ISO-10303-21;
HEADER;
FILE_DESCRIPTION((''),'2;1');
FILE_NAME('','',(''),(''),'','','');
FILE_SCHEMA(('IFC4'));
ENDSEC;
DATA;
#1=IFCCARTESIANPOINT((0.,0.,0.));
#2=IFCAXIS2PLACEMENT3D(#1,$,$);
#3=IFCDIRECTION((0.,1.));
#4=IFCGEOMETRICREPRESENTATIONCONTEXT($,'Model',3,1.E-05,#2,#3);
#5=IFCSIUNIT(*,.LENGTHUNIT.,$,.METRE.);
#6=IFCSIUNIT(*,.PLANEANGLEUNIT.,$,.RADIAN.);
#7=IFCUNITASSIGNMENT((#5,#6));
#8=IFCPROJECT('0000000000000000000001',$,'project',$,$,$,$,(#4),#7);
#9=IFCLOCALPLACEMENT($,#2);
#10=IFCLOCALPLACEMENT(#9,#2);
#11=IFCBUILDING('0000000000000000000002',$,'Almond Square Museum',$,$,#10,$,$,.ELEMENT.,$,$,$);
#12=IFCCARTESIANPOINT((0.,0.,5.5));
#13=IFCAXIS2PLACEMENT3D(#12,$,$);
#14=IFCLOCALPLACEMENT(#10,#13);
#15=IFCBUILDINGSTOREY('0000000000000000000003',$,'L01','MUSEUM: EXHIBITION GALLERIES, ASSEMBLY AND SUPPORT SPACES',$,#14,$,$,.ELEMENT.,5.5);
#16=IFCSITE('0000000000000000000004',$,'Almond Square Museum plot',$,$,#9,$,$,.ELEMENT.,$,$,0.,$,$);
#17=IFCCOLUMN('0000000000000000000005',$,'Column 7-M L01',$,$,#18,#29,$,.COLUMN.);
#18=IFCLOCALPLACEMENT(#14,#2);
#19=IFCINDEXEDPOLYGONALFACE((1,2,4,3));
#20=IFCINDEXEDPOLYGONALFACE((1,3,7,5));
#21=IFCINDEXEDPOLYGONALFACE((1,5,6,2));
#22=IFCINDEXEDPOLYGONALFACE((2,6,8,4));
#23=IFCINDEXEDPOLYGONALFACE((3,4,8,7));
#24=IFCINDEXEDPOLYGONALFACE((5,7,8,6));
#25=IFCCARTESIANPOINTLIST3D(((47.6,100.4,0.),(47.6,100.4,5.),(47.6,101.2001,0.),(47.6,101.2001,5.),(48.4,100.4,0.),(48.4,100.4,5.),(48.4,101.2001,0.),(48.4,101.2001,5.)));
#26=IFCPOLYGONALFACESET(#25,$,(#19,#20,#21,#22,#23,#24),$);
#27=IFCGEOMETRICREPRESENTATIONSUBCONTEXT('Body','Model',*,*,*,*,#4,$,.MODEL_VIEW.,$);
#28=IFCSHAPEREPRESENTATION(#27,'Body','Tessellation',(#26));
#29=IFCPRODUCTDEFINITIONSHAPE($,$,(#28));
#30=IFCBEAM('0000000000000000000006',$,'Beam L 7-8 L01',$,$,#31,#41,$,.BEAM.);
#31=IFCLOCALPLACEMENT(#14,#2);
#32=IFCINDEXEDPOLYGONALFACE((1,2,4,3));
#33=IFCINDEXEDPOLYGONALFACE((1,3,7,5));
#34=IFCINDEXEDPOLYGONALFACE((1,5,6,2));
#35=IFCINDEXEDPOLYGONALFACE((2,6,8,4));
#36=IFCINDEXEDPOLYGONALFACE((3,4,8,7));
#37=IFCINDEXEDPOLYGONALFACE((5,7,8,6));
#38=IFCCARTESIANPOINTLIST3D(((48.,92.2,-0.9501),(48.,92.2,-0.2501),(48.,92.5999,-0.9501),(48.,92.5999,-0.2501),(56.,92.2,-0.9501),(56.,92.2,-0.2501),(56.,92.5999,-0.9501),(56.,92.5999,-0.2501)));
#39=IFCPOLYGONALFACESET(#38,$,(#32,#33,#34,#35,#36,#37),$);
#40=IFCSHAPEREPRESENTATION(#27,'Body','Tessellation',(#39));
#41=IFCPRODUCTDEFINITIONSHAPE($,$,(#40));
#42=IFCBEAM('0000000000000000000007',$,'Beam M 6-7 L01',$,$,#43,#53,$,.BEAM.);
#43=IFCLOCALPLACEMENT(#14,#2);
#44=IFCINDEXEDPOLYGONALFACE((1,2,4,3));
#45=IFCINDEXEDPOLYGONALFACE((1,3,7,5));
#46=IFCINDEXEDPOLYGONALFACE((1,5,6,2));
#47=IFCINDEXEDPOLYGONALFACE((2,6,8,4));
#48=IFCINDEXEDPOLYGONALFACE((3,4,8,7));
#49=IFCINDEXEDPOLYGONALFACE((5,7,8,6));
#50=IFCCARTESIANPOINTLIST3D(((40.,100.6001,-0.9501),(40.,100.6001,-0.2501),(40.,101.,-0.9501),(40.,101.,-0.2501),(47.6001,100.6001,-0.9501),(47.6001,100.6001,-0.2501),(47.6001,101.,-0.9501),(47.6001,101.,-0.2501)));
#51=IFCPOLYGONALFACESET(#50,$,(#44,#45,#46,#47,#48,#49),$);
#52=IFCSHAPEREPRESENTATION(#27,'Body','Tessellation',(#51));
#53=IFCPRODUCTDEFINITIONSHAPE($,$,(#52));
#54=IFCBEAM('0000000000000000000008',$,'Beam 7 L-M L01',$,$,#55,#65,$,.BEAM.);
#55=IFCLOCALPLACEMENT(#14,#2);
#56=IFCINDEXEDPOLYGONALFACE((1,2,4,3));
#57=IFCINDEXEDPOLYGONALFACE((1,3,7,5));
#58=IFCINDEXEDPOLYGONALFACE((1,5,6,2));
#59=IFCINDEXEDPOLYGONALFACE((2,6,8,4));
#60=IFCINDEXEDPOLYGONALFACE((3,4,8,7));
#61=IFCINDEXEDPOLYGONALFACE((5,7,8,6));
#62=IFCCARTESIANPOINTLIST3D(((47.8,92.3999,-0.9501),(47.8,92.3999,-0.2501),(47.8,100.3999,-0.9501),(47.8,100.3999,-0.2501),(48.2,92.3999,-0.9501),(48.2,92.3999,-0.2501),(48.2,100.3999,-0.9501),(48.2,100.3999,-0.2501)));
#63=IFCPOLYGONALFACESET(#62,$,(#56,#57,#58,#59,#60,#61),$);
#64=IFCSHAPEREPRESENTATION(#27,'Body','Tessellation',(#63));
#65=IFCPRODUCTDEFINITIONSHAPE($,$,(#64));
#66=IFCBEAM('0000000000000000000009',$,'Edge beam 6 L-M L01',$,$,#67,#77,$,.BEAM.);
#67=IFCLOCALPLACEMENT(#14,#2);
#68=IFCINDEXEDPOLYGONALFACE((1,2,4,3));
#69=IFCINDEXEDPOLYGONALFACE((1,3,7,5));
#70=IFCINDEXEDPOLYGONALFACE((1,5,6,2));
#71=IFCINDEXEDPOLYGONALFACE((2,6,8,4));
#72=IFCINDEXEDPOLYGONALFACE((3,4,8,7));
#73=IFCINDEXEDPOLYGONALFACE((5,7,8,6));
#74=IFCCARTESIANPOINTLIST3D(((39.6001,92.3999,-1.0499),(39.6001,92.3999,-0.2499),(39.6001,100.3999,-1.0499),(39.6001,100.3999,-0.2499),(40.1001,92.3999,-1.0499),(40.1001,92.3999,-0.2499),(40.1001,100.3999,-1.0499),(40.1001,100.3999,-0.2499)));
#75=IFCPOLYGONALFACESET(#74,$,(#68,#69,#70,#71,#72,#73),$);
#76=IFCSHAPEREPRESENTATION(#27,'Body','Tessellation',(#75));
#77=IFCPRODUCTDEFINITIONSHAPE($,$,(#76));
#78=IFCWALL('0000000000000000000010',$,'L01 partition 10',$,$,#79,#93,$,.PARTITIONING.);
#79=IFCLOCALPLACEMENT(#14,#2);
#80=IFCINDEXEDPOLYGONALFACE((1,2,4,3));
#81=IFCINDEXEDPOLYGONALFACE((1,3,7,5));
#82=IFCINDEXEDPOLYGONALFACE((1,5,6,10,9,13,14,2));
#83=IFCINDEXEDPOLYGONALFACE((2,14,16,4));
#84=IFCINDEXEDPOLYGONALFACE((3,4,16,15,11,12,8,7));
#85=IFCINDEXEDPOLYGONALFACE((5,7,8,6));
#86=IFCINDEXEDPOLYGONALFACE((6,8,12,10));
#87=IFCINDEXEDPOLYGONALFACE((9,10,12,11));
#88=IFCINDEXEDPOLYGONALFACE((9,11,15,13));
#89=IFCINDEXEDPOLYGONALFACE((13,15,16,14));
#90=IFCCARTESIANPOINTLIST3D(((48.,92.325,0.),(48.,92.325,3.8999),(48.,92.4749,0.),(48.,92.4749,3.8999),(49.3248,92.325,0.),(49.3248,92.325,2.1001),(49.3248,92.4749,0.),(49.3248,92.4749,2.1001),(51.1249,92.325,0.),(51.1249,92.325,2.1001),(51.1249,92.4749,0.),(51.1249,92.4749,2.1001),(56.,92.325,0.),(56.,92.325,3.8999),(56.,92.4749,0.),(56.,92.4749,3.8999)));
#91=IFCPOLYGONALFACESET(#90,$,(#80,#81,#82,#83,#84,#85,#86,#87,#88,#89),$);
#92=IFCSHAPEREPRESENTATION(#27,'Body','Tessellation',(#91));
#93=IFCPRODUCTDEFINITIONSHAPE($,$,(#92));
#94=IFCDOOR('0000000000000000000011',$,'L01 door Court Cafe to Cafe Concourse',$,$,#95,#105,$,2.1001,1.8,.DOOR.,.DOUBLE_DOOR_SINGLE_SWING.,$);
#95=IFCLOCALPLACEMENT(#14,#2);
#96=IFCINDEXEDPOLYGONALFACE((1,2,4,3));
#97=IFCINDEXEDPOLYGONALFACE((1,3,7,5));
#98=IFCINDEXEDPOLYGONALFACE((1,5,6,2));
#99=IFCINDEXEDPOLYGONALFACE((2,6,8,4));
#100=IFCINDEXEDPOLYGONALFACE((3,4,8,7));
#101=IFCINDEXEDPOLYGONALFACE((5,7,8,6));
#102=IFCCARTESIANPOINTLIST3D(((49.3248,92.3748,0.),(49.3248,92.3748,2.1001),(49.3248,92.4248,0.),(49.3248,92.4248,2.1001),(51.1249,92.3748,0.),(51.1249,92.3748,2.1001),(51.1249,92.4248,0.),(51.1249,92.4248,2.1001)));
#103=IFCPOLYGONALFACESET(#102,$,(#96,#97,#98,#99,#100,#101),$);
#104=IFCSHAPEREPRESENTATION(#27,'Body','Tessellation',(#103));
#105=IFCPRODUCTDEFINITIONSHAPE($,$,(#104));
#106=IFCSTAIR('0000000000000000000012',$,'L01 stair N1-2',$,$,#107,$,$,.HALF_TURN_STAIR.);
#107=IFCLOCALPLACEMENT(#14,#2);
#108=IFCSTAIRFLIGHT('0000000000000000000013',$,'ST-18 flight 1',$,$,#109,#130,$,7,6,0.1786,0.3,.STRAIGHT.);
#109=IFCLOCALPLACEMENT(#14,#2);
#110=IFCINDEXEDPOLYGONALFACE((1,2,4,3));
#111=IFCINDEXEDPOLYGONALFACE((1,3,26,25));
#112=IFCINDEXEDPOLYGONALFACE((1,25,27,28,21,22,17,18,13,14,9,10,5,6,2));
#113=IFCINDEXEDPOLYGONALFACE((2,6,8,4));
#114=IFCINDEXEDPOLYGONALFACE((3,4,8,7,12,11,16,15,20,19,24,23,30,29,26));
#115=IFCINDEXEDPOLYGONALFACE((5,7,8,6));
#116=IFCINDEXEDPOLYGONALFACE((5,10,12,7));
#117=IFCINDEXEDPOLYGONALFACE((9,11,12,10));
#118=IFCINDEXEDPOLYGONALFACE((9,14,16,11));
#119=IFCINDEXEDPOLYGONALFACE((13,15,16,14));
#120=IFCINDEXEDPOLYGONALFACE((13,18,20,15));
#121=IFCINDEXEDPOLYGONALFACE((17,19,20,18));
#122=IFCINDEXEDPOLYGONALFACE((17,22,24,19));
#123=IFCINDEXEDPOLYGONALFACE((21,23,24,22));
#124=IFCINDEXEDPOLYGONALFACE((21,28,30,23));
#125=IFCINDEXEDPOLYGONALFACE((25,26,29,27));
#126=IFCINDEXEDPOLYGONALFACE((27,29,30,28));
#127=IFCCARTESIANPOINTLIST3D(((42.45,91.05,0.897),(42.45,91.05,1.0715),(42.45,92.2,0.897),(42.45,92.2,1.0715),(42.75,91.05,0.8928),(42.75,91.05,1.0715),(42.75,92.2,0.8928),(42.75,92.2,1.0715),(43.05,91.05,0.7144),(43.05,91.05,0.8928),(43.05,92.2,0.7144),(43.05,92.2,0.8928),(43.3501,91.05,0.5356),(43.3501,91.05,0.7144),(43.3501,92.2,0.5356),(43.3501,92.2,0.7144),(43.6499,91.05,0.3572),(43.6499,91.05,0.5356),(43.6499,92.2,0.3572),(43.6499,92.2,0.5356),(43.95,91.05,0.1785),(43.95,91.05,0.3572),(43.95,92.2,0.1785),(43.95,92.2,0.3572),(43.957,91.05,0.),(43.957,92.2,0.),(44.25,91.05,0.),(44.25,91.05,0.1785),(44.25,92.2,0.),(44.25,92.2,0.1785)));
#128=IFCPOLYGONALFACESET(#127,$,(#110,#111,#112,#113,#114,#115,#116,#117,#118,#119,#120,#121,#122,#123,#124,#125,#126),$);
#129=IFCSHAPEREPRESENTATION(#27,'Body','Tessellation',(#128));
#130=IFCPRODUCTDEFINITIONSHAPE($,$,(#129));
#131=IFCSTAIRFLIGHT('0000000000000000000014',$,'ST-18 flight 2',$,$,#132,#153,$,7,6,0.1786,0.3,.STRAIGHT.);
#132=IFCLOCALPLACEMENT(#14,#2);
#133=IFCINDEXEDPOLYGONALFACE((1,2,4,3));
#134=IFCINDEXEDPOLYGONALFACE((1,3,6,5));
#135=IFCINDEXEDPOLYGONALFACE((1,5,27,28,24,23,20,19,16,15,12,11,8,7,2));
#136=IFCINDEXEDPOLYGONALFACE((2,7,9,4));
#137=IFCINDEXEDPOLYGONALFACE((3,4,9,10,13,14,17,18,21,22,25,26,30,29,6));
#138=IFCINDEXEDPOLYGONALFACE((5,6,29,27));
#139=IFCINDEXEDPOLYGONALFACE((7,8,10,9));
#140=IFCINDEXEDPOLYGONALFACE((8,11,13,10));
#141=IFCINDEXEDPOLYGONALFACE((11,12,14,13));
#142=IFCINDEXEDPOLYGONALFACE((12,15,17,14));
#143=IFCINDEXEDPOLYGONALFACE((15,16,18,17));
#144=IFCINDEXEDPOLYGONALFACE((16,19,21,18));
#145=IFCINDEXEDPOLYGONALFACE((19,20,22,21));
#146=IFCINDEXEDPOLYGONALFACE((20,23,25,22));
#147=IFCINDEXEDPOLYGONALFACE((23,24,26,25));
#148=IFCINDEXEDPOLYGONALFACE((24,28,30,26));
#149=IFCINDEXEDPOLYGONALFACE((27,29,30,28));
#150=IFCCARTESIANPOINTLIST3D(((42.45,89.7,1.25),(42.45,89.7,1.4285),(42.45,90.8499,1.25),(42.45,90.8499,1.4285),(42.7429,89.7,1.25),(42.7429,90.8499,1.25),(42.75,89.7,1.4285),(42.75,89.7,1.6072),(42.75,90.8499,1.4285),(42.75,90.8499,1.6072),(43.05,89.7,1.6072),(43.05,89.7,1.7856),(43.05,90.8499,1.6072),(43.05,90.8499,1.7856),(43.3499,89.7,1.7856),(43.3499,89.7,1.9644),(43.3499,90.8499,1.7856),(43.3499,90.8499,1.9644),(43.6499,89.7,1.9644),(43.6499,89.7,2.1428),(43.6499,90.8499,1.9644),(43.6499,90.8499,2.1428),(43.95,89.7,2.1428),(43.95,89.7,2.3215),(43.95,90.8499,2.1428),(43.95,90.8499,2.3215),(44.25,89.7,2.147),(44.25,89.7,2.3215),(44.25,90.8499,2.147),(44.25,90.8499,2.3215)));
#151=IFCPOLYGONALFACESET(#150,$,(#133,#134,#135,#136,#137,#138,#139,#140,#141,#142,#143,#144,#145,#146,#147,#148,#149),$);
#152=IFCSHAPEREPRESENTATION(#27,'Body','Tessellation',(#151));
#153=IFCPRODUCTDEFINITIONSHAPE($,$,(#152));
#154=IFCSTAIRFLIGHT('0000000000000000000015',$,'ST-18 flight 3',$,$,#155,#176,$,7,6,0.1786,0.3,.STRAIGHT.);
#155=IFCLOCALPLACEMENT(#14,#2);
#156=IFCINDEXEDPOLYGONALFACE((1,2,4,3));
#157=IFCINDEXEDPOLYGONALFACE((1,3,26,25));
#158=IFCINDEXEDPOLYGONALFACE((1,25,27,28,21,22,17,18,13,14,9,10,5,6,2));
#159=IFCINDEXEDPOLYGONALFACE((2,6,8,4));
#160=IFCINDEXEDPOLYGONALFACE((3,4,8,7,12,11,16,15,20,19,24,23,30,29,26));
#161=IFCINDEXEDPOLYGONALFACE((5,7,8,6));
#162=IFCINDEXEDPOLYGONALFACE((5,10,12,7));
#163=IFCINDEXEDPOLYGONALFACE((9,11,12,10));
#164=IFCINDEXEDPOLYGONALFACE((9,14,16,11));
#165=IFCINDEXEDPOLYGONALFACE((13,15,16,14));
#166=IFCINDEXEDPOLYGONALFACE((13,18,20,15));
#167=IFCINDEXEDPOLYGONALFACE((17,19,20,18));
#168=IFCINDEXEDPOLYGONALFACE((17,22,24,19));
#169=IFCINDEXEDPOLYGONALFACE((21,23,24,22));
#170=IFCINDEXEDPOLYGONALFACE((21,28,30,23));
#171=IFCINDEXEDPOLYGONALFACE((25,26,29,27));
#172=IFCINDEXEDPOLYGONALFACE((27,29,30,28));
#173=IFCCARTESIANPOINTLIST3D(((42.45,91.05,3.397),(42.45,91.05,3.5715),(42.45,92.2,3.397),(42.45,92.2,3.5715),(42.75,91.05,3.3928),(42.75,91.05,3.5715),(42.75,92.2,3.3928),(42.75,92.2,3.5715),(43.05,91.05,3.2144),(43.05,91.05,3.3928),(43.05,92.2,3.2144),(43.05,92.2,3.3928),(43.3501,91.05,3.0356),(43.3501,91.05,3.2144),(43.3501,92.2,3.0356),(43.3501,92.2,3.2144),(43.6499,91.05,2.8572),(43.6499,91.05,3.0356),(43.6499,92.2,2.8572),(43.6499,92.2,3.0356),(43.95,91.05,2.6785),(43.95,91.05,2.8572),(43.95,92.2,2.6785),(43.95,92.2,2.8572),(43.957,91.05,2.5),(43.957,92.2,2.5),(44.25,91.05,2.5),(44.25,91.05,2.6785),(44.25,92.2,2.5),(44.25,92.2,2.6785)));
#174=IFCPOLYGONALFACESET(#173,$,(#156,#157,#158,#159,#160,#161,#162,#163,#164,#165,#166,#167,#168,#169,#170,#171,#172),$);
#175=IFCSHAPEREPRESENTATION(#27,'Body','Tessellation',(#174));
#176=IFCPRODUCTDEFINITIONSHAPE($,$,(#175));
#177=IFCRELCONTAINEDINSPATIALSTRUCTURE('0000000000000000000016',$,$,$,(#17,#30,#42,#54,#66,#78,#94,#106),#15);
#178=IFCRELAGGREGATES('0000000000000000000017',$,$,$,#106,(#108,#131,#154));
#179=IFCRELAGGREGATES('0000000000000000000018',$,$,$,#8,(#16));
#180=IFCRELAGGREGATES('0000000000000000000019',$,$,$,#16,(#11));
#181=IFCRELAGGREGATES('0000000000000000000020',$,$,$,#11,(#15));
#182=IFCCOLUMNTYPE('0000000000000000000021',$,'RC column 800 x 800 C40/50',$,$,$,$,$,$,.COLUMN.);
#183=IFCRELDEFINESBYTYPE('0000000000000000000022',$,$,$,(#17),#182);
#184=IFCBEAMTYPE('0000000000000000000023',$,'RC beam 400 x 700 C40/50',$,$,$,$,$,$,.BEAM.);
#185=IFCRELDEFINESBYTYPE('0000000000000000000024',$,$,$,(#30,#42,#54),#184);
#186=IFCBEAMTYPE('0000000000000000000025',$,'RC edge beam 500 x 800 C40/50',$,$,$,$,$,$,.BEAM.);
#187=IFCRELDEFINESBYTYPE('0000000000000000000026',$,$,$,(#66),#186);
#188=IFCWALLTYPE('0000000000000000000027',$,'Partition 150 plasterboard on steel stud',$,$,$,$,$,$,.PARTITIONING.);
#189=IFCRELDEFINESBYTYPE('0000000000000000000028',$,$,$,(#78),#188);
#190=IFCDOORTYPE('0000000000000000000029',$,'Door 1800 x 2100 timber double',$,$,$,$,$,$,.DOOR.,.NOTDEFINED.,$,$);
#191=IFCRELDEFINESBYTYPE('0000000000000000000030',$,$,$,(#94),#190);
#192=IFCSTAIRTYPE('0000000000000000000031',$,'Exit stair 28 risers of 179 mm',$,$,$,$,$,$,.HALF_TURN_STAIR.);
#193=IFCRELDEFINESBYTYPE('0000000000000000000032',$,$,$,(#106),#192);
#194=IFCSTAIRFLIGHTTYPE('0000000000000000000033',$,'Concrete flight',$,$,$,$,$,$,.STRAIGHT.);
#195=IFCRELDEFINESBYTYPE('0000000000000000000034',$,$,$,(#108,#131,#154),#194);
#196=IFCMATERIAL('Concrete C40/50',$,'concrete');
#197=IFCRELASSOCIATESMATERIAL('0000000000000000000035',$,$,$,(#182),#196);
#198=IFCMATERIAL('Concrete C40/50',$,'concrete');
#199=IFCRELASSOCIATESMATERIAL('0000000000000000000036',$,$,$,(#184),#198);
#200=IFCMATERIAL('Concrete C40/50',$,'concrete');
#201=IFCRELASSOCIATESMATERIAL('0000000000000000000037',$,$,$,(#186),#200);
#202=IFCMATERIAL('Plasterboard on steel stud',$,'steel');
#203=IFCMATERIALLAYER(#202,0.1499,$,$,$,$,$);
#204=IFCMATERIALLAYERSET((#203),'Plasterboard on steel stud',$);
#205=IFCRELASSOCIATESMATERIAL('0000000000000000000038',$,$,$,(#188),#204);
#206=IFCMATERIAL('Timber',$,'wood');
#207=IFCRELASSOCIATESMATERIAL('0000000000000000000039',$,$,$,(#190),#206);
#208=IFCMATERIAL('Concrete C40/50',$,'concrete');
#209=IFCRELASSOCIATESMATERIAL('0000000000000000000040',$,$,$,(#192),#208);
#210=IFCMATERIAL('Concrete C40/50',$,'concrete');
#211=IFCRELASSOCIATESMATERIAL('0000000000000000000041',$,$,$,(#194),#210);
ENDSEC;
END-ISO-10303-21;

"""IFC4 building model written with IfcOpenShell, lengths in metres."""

from ifc_helpers import new_model, si_unit, direction, frame, frame_2d, origin, origin_2d, place, context, subcontext, project, spatial, polyline, rectangle, outline, extrude, material, layer, layer_set, material_profile, profile_set, type_object, element, fill, aggregate, save


model = new_model("IFC4")

# Units and contexts
model_context = context("Model", 3, precision=1e-05, world=origin(), true_north=direction((0.0, 1.0)))
body_context = subcontext(model_context, "Body", "Model", "MODEL_VIEW")
ifc_project = project(units=[si_unit("LENGTHUNIT", "METRE"), si_unit("PLANEANGLEUNIT", "RADIAN")], contexts=[model_context])

# Site, building, storey
site_placement = place(None, origin())
site = spatial("IfcSite", under=ifc_project, at=site_placement, Name="Almond Square Museum plot", CompositionType="ELEMENT", RefElevation=0.0)
building_placement = place(site_placement, origin())
building = spatial("IfcBuilding", under=site, at=building_placement, Name="Almond Square Museum", CompositionType="ELEMENT")
storey_placement = place(building_placement, frame((0.0, 0.0, 5.5)))
storey = spatial("IfcBuildingStorey", under=building, at=storey_placement, Name="L01", Description="MUSEUM: EXHIBITION GALLERIES, ASSEMBLY AND SUPPORT SPACES", CompositionType="ELEMENT", Elevation=5.5)

# Column
ifc_material_1 = material(Name="Concrete C40/50", Category="concrete")
ifc_material_profile_1 = material_profile(ifc_material_1, rectangle(XDim=0.8, YDim=0.8, at=origin_2d()))
ifc_profile_set_1 = profile_set([ifc_material_profile_1], Name="Concrete C40/50")
column_type = type_object("IfcColumnType", Name="RC column 800 x 800 C40/50", PredefinedType="COLUMN", material=ifc_profile_set_1)
column_placement = place(storey_placement, frame((48.0, 100.8, 0.0), z_axis=(0.0, 0.0, 1.0), x_axis=(1.0, 0.0, 0.0)))
element("IfcColumn", 1, at=column_placement, inside=storey, type_object=column_type, Name="Column 7-M L01", PredefinedType="COLUMN", context=body_context, shape_type="SweptSolid", body=[
    extrude(rectangle(XDim=0.8, YDim=0.8, at=origin_2d()), origin(), (0.0, 0.0, 1.0), 5.0),
])

# Beams
ifc_material_2 = material(Name="Concrete C40/50", Category="concrete")
ifc_material_profile_2 = material_profile(ifc_material_2, rectangle(XDim=0.3999, YDim=0.7, at=origin_2d()))
ifc_profile_set_2 = profile_set([ifc_material_profile_2], Name="Concrete C40/50")
beam_type_1 = type_object("IfcBeamType", Name="RC beam 400 x 700 C40/50", PredefinedType="BEAM", material=ifc_profile_set_2)
beam_1_placement = place(storey_placement, frame((48.0, 92.3999, -0.6001), z_axis=(1.0, 0.0, 0.0), x_axis=(0.0, 1.0, 0.0)))
element("IfcBeam", 2, at=beam_1_placement, inside=storey, type_object=beam_type_1, Name="Beam L 7-8 L01", PredefinedType="BEAM", context=body_context, shape_type="SweptSolid", body=[
    extrude(rectangle(XDim=0.3999, YDim=0.7, at=origin_2d()), origin(), (0.0, 0.0, 1.0), 8.0),
])
beam_2_placement = place(storey_placement, frame((40.0, 100.8, -0.6001), z_axis=(1.0, 0.0, 0.0), x_axis=(0.0, 1.0, 0.0)))
element("IfcBeam", 3, at=beam_2_placement, inside=storey, type_object=beam_type_1, Name="Beam M 6-7 L01", PredefinedType="BEAM", context=body_context, shape_type="SweptSolid", body=[
    extrude(rectangle(XDim=0.3999, YDim=0.7, at=origin_2d()), origin(), (0.0, 0.0, 1.0), 7.6001),
])
beam_3_placement = place(storey_placement, frame((48.0, 92.3999, -0.6001), z_axis=(0.0, 1.0, 0.0), x_axis=(-1.0, 0.0, 0.0)))
element("IfcBeam", 4, at=beam_3_placement, inside=storey, type_object=beam_type_1, Name="Beam 7 L-M L01", PredefinedType="BEAM", context=body_context, shape_type="SweptSolid", body=[
    extrude(rectangle(XDim=0.3999, YDim=0.7, at=origin_2d()), origin(), (0.0, 0.0, 1.0), 8.0),
])
ifc_material_3 = material(Name="Concrete C40/50", Category="concrete")
ifc_material_profile_3 = material_profile(ifc_material_3, rectangle(XDim=0.5, YDim=0.8, at=origin_2d()))
ifc_profile_set_3 = profile_set([ifc_material_profile_3], Name="Concrete C40/50")
beam_type_2 = type_object("IfcBeamType", Name="RC edge beam 500 x 800 C40/50", PredefinedType="BEAM", material=ifc_profile_set_3)
beam_4_placement = place(storey_placement, frame((39.8501, 92.3999, -0.6499), z_axis=(0.0, 1.0, 0.0), x_axis=(-1.0, 0.0, 0.0)))
element("IfcBeam", 5, at=beam_4_placement, inside=storey, type_object=beam_type_2, Name="Edge beam 6 L-M L01", PredefinedType="BEAM", context=body_context, shape_type="SweptSolid", body=[
    extrude(rectangle(XDim=0.5, YDim=0.8, at=origin_2d()), origin(), (0.0, 0.0, 1.0), 8.0),
])

# Wall, opening, door
ifc_material_4 = material(Name="Plasterboard on steel stud", Category="steel")
ifc_layer = layer(ifc_material_4, 0.1499)
ifc_layer_set = layer_set([ifc_layer], Name="Plasterboard on steel stud")
wall_type = type_object("IfcWallType", Name="Partition 150 plasterboard on steel stud", PredefinedType="PARTITIONING", material=ifc_layer_set)
wall_placement = place(storey_placement, frame((48.0, 92.3999, 0.0), z_axis=(0.0, 0.0, 1.0), x_axis=(1.0, 0.0, 0.0)))
wall = element("IfcWall", 6, at=wall_placement, inside=storey, type_object=wall_type, Name="L01 partition 10", PredefinedType="PARTITIONING", context=body_context, shape_type="SweptSolid", body=[
    extrude(rectangle(XDim=8.0, YDim=0.1499, at=frame_2d((4.0, 0.0))), origin(), (0.0, 0.0, 1.0), 3.8999),
])
opening_placement = place(wall_placement, frame((1.325, 0.0, 0.0)))
opening = element("IfcOpeningElement", 7, at=opening_placement, cuts=wall, PredefinedType="OPENING", context=body_context, shape_type="SweptSolid", body=[
    extrude(rectangle(XDim=1.8, YDim=2.1001, at=frame_2d((0.8999, 1.05))), frame((0.0, 0.085, 0.0), z_axis=(0.0, -1.0, 0.0), x_axis=(1.0, 0.0, 0.0)), (0.0, 0.0, 1.0), 0.1699),
])
ifc_material_5 = material(Name="Timber", Category="wood")
door_type = type_object("IfcDoorType", Name="Door 1800 x 2100 timber double", OperationType="NOTDEFINED", PredefinedType="DOOR", material=ifc_material_5)
door_placement = place(opening_placement, origin())
door = element("IfcDoor", 8, at=door_placement, inside=storey, type_object=door_type, Name="L01 door Court Cafe to Cafe Concourse", OperationType="DOUBLE_DOOR_SINGLE_SWING", OverallHeight=2.1001, OverallWidth=1.8, PredefinedType="DOOR", context=body_context, shape_type="SweptSolid", body=[
    extrude(rectangle(XDim=1.8, YDim=2.1001, at=frame_2d((0.8999, 1.05))), frame((0.0, 0.0249, 0.0), z_axis=(0.0, -1.0, 0.0), x_axis=(1.0, 0.0, 0.0)), (0.0, 0.0, 1.0), 0.05),
])
fill(opening, door)

# Stair, stair flights
ifc_material_6 = material(Name="Concrete C40/50", Category="concrete")
stair_type = type_object("IfcStairType", Name="Exit stair 28 risers of 179 mm", PredefinedType="HALF_TURN_STAIR", material=ifc_material_6)
stair_placement = place(storey_placement, origin())
stair = element("IfcStair", 9, at=stair_placement, inside=storey, type_object=stair_type, Name="L01 stair N1-2", PredefinedType="HALF_TURN_STAIR")
ifc_material_7 = material(Name="Concrete C40/50", Category="concrete")
stair_flight_type = type_object("IfcStairFlightType", Name="Concrete flight", PredefinedType="STRAIGHT", material=ifc_material_7)
stair_flight_1_placement = place(storey_placement, frame((44.25, 91.625, 0.0), z_axis=(0.0, 0.0, 1.0), x_axis=(-1.0, 0.0, 0.0)))
stair_flight_1 = element("IfcStairFlight", 10, at=stair_flight_1_placement, type_object=stair_flight_type, Name="ST-18 flight 1", NumberOfRisers=7, NumberOfTreads=6, PredefinedType="STRAIGHT", RiserHeight=0.1786, TreadLength=0.3, context=body_context, shape_type="SweptSolid", body=[
    extrude(outline(polyline([(0.0, 0.0), (0.0, 0.1785), (0.3, 0.1785), (0.3, 0.3572), (0.6001, 0.3572), (0.6001, 0.5356), (0.8999, 0.5356), (0.8999, 0.7144), (1.2, 0.7144), (1.2, 0.8928), (1.5, 0.8928), (1.5, 1.0715), (1.8, 1.0715), (1.8, 1.25), (1.8, 0.897), (0.293, 0.0), (0.0, 0.0)])), frame((0.0, 0.575, 0.0), z_axis=(0.0, -1.0, 0.0), x_axis=(1.0, 0.0, 0.0)), (0.0, 0.0, 1.0), 1.1499),
])
stair_flight_2_placement = place(storey_placement, frame((42.45, 90.2749, 1.25), z_axis=(0.0, 0.0, 1.0), x_axis=(1.0, 0.0, 0.0)))
stair_flight_2 = element("IfcStairFlight", 11, at=stair_flight_2_placement, type_object=stair_flight_type, Name="ST-18 flight 2", NumberOfRisers=7, NumberOfTreads=6, PredefinedType="STRAIGHT", RiserHeight=0.1786, TreadLength=0.3, context=body_context, shape_type="SweptSolid", body=[
    extrude(outline(polyline([(0.0, 0.0), (0.0, 0.1785), (0.3, 0.1785), (0.3, 0.3572), (0.6001, 0.3572), (0.6001, 0.5356), (0.8999, 0.5356), (0.8999, 0.7144), (1.2, 0.7144), (1.2, 0.8928), (1.5, 0.8928), (1.5, 1.0715), (1.8, 1.0715), (1.8, 1.25), (1.8, 0.897), (0.293, 0.0), (0.0, 0.0)])), frame((0.0, 0.575, 0.0), z_axis=(0.0, -1.0, 0.0), x_axis=(1.0, 0.0, 0.0)), (0.0, 0.0, 1.0), 1.1499),
])
stair_flight_3_placement = place(storey_placement, frame((44.25, 91.625, 2.5), z_axis=(0.0, 0.0, 1.0), x_axis=(-1.0, 0.0, 0.0)))
stair_flight_3 = element("IfcStairFlight", 12, at=stair_flight_3_placement, type_object=stair_flight_type, Name="ST-18 flight 3", NumberOfRisers=7, NumberOfTreads=6, PredefinedType="STRAIGHT", RiserHeight=0.1786, TreadLength=0.3, context=body_context, shape_type="SweptSolid", body=[
    extrude(outline(polyline([(0.0, 0.0), (0.0, 0.1785), (0.3, 0.1785), (0.3, 0.3572), (0.6001, 0.3572), (0.6001, 0.5356), (0.8999, 0.5356), (0.8999, 0.7144), (1.2, 0.7144), (1.2, 0.8928), (1.5, 0.8928), (1.5, 1.0715), (1.8, 1.0715), (1.8, 1.25), (1.8, 0.897), (0.293, 0.0), (0.0, 0.0)])), frame((0.0, 0.575, 0.0), z_axis=(0.0, -1.0, 0.0), x_axis=(1.0, 0.0, 0.0)), (0.0, 0.0, 1.0), 1.1499),
])
aggregate(stair, [stair_flight_1, stair_flight_2, stair_flight_3])

save(model, "model.ifc")
